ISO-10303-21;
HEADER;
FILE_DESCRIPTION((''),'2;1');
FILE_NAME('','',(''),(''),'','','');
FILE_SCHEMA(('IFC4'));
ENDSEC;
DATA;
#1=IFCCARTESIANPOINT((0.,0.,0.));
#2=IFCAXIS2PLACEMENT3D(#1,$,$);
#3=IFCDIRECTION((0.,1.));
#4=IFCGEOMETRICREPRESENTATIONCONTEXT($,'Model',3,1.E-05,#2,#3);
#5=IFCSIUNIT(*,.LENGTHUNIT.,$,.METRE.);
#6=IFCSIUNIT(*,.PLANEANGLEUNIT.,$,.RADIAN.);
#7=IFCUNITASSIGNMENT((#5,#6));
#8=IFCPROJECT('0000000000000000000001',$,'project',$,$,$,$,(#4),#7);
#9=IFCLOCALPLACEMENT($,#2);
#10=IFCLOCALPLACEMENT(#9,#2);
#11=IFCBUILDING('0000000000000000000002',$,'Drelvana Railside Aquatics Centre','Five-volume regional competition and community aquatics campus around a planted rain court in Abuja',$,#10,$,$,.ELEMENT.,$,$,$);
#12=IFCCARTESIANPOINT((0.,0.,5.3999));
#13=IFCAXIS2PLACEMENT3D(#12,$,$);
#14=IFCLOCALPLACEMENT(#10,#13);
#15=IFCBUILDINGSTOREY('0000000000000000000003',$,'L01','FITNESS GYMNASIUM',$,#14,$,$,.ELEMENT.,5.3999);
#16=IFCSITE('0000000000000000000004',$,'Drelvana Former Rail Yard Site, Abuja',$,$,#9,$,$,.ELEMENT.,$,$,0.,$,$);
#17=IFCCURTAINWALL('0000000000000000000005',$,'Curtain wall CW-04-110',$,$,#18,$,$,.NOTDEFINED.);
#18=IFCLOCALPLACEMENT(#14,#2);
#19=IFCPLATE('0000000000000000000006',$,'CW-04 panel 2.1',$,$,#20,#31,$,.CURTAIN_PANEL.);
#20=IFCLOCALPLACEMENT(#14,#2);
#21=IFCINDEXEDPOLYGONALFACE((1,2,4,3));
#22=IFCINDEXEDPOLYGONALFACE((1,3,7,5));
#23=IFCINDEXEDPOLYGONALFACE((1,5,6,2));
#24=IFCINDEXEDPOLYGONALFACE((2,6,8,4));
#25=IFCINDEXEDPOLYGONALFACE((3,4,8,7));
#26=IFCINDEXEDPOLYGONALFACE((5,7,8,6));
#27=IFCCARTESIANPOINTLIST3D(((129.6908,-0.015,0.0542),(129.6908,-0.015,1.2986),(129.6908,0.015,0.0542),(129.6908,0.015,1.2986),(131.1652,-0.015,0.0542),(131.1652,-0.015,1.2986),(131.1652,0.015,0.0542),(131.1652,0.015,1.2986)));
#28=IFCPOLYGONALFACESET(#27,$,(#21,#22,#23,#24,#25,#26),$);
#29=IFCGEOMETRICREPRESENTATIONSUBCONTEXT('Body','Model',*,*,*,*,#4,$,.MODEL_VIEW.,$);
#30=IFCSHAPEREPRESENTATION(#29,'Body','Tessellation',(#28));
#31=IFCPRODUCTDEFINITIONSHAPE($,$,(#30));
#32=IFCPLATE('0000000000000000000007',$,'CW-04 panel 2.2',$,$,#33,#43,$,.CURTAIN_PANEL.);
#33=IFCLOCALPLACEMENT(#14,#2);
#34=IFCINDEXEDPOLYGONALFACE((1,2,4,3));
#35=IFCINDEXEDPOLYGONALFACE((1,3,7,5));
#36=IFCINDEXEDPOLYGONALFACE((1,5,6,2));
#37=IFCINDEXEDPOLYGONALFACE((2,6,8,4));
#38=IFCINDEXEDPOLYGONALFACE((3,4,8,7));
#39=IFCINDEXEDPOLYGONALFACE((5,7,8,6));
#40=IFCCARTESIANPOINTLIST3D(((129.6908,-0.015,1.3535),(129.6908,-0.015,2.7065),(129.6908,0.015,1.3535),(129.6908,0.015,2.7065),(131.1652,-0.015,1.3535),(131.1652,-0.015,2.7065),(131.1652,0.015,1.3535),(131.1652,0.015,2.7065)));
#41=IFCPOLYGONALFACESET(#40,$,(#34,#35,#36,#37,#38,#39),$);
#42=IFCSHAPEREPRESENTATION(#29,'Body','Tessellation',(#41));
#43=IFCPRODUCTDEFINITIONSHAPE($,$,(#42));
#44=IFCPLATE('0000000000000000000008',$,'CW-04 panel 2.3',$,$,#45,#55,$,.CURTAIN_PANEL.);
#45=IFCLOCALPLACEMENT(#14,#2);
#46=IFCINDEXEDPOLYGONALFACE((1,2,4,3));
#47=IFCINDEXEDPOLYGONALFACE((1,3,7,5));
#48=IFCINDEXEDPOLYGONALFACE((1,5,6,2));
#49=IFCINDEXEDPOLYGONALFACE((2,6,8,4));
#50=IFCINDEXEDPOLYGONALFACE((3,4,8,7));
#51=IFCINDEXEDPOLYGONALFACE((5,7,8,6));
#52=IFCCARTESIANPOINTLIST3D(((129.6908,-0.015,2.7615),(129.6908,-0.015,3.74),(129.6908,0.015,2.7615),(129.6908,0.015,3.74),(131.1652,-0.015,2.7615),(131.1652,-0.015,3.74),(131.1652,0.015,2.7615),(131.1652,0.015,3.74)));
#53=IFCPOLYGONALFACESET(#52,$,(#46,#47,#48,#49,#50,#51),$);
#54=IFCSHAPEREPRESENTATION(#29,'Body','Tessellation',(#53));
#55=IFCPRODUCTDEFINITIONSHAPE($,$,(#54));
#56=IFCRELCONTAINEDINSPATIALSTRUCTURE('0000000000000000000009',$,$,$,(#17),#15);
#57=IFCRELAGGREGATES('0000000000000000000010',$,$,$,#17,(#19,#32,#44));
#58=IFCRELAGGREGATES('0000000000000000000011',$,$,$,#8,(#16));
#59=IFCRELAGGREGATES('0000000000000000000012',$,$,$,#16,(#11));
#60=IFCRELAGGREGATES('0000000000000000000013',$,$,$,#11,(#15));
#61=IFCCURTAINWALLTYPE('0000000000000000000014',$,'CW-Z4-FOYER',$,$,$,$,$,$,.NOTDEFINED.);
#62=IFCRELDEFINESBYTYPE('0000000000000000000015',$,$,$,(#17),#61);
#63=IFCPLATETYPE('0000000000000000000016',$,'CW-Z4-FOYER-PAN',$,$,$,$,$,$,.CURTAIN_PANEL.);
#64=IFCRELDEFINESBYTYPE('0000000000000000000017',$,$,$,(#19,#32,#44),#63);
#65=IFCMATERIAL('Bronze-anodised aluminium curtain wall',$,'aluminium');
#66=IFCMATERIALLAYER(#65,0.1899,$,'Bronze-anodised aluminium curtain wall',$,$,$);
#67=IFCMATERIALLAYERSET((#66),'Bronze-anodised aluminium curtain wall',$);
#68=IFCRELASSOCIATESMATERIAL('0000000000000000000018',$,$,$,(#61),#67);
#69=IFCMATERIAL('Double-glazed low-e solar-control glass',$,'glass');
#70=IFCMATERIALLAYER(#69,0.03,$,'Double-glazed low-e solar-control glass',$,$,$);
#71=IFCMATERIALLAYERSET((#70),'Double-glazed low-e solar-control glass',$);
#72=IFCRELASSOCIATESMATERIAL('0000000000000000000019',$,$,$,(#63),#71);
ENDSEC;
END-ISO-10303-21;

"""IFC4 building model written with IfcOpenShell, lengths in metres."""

from ifc_helpers import new_model, si_unit, direction, frame, origin, origin_2d, place, context, subcontext, project, spatial, rectangle, extrude, material, layer, layer_set, type_object, element, aggregate, save


model = new_model("IFC4")

# Units and contexts
model_context = context("Model", 3, precision=1e-05, world=origin(), true_north=direction((0.0, 1.0)))
body_context = subcontext(model_context, "Body", "Model", "MODEL_VIEW")
ifc_project = project(units=[si_unit("LENGTHUNIT", "METRE"), si_unit("PLANEANGLEUNIT", "RADIAN")], contexts=[model_context])

# Site, building, storey
site_placement = place(None, origin())
site = spatial("IfcSite", under=ifc_project, at=site_placement, Name="Drelvana Former Rail Yard Site, Abuja", CompositionType="ELEMENT", RefElevation=0.0)
building_placement = place(site_placement, origin())
building = spatial("IfcBuilding", under=site, at=building_placement, Name="Drelvana Railside Aquatics Centre", Description="Five-volume regional competition and community aquatics campus around a planted rain court in Abuja", CompositionType="ELEMENT")
storey_placement = place(building_placement, frame((0.0, 0.0, 5.3999)))
storey = spatial("IfcBuildingStorey", under=building, at=storey_placement, Name="L01", Description="FITNESS GYMNASIUM", CompositionType="ELEMENT", Elevation=5.3999)

# Curtain wall
ifc_material_1 = material(Name="Bronze-anodised aluminium curtain wall", Category="aluminium")
ifc_layer_1 = layer(ifc_material_1, 0.1899, Name="Bronze-anodised aluminium curtain wall")
ifc_layer_set_1 = layer_set([ifc_layer_1], Name="Bronze-anodised aluminium curtain wall")
curtain_wall_type = type_object("IfcCurtainWallType", Name="CW-Z4-FOYER", PredefinedType="NOTDEFINED", material=ifc_layer_set_1)
curtain_wall_placement = place(storey_placement, origin())
curtain_wall = element("IfcCurtainWall", 1, at=curtain_wall_placement, inside=storey, type_object=curtain_wall_type, Name="Curtain wall CW-04-110", PredefinedType="NOTDEFINED")

# Plates
ifc_material_2 = material(Name="Double-glazed low-e solar-control glass", Category="glass")
ifc_layer_2 = layer(ifc_material_2, 0.03, Name="Double-glazed low-e solar-control glass")
ifc_layer_set_2 = layer_set([ifc_layer_2], Name="Double-glazed low-e solar-control glass")
plate_type = type_object("IfcPlateType", Name="CW-Z4-FOYER-PAN", PredefinedType="CURTAIN_PANEL", material=ifc_layer_set_2)
plate_1_placement = place(storey_placement, frame((130.428, 0.0, 0.0542), z_axis=(0.0, 0.0, 1.0), x_axis=(1.0, 0.0, 0.0)))
plate_1 = element("IfcPlate", 2, at=plate_1_placement, type_object=plate_type, Name="CW-04 panel 2.1", PredefinedType="CURTAIN_PANEL", context=body_context, shape_type="SweptSolid", body=[
    extrude(rectangle(XDim=1.4744, YDim=0.03, at=origin_2d()), origin(), (0.0, 0.0, 1.0), 1.2444),
])
plate_2_placement = place(storey_placement, frame((130.428, 0.0, 1.3535), z_axis=(0.0, 0.0, 1.0), x_axis=(1.0, 0.0, 0.0)))
plate_2 = element("IfcPlate", 3, at=plate_2_placement, type_object=plate_type, Name="CW-04 panel 2.2", PredefinedType="CURTAIN_PANEL", context=body_context, shape_type="SweptSolid", body=[
    extrude(rectangle(XDim=1.4744, YDim=0.03, at=origin_2d()), origin(), (0.0, 0.0, 1.0), 1.353),
])
plate_3_placement = place(storey_placement, frame((130.428, 0.0, 2.7615), z_axis=(0.0, 0.0, 1.0), x_axis=(1.0, 0.0, 0.0)))
plate_3 = element("IfcPlate", 4, at=plate_3_placement, type_object=plate_type, Name="CW-04 panel 2.3", PredefinedType="CURTAIN_PANEL", context=body_context, shape_type="SweptSolid", body=[
    extrude(rectangle(XDim=1.4744, YDim=0.03, at=origin_2d()), origin(), (0.0, 0.0, 1.0), 0.9785),
])
aggregate(curtain_wall, [plate_1, plate_2, plate_3])

save(model, "model.ifc")
